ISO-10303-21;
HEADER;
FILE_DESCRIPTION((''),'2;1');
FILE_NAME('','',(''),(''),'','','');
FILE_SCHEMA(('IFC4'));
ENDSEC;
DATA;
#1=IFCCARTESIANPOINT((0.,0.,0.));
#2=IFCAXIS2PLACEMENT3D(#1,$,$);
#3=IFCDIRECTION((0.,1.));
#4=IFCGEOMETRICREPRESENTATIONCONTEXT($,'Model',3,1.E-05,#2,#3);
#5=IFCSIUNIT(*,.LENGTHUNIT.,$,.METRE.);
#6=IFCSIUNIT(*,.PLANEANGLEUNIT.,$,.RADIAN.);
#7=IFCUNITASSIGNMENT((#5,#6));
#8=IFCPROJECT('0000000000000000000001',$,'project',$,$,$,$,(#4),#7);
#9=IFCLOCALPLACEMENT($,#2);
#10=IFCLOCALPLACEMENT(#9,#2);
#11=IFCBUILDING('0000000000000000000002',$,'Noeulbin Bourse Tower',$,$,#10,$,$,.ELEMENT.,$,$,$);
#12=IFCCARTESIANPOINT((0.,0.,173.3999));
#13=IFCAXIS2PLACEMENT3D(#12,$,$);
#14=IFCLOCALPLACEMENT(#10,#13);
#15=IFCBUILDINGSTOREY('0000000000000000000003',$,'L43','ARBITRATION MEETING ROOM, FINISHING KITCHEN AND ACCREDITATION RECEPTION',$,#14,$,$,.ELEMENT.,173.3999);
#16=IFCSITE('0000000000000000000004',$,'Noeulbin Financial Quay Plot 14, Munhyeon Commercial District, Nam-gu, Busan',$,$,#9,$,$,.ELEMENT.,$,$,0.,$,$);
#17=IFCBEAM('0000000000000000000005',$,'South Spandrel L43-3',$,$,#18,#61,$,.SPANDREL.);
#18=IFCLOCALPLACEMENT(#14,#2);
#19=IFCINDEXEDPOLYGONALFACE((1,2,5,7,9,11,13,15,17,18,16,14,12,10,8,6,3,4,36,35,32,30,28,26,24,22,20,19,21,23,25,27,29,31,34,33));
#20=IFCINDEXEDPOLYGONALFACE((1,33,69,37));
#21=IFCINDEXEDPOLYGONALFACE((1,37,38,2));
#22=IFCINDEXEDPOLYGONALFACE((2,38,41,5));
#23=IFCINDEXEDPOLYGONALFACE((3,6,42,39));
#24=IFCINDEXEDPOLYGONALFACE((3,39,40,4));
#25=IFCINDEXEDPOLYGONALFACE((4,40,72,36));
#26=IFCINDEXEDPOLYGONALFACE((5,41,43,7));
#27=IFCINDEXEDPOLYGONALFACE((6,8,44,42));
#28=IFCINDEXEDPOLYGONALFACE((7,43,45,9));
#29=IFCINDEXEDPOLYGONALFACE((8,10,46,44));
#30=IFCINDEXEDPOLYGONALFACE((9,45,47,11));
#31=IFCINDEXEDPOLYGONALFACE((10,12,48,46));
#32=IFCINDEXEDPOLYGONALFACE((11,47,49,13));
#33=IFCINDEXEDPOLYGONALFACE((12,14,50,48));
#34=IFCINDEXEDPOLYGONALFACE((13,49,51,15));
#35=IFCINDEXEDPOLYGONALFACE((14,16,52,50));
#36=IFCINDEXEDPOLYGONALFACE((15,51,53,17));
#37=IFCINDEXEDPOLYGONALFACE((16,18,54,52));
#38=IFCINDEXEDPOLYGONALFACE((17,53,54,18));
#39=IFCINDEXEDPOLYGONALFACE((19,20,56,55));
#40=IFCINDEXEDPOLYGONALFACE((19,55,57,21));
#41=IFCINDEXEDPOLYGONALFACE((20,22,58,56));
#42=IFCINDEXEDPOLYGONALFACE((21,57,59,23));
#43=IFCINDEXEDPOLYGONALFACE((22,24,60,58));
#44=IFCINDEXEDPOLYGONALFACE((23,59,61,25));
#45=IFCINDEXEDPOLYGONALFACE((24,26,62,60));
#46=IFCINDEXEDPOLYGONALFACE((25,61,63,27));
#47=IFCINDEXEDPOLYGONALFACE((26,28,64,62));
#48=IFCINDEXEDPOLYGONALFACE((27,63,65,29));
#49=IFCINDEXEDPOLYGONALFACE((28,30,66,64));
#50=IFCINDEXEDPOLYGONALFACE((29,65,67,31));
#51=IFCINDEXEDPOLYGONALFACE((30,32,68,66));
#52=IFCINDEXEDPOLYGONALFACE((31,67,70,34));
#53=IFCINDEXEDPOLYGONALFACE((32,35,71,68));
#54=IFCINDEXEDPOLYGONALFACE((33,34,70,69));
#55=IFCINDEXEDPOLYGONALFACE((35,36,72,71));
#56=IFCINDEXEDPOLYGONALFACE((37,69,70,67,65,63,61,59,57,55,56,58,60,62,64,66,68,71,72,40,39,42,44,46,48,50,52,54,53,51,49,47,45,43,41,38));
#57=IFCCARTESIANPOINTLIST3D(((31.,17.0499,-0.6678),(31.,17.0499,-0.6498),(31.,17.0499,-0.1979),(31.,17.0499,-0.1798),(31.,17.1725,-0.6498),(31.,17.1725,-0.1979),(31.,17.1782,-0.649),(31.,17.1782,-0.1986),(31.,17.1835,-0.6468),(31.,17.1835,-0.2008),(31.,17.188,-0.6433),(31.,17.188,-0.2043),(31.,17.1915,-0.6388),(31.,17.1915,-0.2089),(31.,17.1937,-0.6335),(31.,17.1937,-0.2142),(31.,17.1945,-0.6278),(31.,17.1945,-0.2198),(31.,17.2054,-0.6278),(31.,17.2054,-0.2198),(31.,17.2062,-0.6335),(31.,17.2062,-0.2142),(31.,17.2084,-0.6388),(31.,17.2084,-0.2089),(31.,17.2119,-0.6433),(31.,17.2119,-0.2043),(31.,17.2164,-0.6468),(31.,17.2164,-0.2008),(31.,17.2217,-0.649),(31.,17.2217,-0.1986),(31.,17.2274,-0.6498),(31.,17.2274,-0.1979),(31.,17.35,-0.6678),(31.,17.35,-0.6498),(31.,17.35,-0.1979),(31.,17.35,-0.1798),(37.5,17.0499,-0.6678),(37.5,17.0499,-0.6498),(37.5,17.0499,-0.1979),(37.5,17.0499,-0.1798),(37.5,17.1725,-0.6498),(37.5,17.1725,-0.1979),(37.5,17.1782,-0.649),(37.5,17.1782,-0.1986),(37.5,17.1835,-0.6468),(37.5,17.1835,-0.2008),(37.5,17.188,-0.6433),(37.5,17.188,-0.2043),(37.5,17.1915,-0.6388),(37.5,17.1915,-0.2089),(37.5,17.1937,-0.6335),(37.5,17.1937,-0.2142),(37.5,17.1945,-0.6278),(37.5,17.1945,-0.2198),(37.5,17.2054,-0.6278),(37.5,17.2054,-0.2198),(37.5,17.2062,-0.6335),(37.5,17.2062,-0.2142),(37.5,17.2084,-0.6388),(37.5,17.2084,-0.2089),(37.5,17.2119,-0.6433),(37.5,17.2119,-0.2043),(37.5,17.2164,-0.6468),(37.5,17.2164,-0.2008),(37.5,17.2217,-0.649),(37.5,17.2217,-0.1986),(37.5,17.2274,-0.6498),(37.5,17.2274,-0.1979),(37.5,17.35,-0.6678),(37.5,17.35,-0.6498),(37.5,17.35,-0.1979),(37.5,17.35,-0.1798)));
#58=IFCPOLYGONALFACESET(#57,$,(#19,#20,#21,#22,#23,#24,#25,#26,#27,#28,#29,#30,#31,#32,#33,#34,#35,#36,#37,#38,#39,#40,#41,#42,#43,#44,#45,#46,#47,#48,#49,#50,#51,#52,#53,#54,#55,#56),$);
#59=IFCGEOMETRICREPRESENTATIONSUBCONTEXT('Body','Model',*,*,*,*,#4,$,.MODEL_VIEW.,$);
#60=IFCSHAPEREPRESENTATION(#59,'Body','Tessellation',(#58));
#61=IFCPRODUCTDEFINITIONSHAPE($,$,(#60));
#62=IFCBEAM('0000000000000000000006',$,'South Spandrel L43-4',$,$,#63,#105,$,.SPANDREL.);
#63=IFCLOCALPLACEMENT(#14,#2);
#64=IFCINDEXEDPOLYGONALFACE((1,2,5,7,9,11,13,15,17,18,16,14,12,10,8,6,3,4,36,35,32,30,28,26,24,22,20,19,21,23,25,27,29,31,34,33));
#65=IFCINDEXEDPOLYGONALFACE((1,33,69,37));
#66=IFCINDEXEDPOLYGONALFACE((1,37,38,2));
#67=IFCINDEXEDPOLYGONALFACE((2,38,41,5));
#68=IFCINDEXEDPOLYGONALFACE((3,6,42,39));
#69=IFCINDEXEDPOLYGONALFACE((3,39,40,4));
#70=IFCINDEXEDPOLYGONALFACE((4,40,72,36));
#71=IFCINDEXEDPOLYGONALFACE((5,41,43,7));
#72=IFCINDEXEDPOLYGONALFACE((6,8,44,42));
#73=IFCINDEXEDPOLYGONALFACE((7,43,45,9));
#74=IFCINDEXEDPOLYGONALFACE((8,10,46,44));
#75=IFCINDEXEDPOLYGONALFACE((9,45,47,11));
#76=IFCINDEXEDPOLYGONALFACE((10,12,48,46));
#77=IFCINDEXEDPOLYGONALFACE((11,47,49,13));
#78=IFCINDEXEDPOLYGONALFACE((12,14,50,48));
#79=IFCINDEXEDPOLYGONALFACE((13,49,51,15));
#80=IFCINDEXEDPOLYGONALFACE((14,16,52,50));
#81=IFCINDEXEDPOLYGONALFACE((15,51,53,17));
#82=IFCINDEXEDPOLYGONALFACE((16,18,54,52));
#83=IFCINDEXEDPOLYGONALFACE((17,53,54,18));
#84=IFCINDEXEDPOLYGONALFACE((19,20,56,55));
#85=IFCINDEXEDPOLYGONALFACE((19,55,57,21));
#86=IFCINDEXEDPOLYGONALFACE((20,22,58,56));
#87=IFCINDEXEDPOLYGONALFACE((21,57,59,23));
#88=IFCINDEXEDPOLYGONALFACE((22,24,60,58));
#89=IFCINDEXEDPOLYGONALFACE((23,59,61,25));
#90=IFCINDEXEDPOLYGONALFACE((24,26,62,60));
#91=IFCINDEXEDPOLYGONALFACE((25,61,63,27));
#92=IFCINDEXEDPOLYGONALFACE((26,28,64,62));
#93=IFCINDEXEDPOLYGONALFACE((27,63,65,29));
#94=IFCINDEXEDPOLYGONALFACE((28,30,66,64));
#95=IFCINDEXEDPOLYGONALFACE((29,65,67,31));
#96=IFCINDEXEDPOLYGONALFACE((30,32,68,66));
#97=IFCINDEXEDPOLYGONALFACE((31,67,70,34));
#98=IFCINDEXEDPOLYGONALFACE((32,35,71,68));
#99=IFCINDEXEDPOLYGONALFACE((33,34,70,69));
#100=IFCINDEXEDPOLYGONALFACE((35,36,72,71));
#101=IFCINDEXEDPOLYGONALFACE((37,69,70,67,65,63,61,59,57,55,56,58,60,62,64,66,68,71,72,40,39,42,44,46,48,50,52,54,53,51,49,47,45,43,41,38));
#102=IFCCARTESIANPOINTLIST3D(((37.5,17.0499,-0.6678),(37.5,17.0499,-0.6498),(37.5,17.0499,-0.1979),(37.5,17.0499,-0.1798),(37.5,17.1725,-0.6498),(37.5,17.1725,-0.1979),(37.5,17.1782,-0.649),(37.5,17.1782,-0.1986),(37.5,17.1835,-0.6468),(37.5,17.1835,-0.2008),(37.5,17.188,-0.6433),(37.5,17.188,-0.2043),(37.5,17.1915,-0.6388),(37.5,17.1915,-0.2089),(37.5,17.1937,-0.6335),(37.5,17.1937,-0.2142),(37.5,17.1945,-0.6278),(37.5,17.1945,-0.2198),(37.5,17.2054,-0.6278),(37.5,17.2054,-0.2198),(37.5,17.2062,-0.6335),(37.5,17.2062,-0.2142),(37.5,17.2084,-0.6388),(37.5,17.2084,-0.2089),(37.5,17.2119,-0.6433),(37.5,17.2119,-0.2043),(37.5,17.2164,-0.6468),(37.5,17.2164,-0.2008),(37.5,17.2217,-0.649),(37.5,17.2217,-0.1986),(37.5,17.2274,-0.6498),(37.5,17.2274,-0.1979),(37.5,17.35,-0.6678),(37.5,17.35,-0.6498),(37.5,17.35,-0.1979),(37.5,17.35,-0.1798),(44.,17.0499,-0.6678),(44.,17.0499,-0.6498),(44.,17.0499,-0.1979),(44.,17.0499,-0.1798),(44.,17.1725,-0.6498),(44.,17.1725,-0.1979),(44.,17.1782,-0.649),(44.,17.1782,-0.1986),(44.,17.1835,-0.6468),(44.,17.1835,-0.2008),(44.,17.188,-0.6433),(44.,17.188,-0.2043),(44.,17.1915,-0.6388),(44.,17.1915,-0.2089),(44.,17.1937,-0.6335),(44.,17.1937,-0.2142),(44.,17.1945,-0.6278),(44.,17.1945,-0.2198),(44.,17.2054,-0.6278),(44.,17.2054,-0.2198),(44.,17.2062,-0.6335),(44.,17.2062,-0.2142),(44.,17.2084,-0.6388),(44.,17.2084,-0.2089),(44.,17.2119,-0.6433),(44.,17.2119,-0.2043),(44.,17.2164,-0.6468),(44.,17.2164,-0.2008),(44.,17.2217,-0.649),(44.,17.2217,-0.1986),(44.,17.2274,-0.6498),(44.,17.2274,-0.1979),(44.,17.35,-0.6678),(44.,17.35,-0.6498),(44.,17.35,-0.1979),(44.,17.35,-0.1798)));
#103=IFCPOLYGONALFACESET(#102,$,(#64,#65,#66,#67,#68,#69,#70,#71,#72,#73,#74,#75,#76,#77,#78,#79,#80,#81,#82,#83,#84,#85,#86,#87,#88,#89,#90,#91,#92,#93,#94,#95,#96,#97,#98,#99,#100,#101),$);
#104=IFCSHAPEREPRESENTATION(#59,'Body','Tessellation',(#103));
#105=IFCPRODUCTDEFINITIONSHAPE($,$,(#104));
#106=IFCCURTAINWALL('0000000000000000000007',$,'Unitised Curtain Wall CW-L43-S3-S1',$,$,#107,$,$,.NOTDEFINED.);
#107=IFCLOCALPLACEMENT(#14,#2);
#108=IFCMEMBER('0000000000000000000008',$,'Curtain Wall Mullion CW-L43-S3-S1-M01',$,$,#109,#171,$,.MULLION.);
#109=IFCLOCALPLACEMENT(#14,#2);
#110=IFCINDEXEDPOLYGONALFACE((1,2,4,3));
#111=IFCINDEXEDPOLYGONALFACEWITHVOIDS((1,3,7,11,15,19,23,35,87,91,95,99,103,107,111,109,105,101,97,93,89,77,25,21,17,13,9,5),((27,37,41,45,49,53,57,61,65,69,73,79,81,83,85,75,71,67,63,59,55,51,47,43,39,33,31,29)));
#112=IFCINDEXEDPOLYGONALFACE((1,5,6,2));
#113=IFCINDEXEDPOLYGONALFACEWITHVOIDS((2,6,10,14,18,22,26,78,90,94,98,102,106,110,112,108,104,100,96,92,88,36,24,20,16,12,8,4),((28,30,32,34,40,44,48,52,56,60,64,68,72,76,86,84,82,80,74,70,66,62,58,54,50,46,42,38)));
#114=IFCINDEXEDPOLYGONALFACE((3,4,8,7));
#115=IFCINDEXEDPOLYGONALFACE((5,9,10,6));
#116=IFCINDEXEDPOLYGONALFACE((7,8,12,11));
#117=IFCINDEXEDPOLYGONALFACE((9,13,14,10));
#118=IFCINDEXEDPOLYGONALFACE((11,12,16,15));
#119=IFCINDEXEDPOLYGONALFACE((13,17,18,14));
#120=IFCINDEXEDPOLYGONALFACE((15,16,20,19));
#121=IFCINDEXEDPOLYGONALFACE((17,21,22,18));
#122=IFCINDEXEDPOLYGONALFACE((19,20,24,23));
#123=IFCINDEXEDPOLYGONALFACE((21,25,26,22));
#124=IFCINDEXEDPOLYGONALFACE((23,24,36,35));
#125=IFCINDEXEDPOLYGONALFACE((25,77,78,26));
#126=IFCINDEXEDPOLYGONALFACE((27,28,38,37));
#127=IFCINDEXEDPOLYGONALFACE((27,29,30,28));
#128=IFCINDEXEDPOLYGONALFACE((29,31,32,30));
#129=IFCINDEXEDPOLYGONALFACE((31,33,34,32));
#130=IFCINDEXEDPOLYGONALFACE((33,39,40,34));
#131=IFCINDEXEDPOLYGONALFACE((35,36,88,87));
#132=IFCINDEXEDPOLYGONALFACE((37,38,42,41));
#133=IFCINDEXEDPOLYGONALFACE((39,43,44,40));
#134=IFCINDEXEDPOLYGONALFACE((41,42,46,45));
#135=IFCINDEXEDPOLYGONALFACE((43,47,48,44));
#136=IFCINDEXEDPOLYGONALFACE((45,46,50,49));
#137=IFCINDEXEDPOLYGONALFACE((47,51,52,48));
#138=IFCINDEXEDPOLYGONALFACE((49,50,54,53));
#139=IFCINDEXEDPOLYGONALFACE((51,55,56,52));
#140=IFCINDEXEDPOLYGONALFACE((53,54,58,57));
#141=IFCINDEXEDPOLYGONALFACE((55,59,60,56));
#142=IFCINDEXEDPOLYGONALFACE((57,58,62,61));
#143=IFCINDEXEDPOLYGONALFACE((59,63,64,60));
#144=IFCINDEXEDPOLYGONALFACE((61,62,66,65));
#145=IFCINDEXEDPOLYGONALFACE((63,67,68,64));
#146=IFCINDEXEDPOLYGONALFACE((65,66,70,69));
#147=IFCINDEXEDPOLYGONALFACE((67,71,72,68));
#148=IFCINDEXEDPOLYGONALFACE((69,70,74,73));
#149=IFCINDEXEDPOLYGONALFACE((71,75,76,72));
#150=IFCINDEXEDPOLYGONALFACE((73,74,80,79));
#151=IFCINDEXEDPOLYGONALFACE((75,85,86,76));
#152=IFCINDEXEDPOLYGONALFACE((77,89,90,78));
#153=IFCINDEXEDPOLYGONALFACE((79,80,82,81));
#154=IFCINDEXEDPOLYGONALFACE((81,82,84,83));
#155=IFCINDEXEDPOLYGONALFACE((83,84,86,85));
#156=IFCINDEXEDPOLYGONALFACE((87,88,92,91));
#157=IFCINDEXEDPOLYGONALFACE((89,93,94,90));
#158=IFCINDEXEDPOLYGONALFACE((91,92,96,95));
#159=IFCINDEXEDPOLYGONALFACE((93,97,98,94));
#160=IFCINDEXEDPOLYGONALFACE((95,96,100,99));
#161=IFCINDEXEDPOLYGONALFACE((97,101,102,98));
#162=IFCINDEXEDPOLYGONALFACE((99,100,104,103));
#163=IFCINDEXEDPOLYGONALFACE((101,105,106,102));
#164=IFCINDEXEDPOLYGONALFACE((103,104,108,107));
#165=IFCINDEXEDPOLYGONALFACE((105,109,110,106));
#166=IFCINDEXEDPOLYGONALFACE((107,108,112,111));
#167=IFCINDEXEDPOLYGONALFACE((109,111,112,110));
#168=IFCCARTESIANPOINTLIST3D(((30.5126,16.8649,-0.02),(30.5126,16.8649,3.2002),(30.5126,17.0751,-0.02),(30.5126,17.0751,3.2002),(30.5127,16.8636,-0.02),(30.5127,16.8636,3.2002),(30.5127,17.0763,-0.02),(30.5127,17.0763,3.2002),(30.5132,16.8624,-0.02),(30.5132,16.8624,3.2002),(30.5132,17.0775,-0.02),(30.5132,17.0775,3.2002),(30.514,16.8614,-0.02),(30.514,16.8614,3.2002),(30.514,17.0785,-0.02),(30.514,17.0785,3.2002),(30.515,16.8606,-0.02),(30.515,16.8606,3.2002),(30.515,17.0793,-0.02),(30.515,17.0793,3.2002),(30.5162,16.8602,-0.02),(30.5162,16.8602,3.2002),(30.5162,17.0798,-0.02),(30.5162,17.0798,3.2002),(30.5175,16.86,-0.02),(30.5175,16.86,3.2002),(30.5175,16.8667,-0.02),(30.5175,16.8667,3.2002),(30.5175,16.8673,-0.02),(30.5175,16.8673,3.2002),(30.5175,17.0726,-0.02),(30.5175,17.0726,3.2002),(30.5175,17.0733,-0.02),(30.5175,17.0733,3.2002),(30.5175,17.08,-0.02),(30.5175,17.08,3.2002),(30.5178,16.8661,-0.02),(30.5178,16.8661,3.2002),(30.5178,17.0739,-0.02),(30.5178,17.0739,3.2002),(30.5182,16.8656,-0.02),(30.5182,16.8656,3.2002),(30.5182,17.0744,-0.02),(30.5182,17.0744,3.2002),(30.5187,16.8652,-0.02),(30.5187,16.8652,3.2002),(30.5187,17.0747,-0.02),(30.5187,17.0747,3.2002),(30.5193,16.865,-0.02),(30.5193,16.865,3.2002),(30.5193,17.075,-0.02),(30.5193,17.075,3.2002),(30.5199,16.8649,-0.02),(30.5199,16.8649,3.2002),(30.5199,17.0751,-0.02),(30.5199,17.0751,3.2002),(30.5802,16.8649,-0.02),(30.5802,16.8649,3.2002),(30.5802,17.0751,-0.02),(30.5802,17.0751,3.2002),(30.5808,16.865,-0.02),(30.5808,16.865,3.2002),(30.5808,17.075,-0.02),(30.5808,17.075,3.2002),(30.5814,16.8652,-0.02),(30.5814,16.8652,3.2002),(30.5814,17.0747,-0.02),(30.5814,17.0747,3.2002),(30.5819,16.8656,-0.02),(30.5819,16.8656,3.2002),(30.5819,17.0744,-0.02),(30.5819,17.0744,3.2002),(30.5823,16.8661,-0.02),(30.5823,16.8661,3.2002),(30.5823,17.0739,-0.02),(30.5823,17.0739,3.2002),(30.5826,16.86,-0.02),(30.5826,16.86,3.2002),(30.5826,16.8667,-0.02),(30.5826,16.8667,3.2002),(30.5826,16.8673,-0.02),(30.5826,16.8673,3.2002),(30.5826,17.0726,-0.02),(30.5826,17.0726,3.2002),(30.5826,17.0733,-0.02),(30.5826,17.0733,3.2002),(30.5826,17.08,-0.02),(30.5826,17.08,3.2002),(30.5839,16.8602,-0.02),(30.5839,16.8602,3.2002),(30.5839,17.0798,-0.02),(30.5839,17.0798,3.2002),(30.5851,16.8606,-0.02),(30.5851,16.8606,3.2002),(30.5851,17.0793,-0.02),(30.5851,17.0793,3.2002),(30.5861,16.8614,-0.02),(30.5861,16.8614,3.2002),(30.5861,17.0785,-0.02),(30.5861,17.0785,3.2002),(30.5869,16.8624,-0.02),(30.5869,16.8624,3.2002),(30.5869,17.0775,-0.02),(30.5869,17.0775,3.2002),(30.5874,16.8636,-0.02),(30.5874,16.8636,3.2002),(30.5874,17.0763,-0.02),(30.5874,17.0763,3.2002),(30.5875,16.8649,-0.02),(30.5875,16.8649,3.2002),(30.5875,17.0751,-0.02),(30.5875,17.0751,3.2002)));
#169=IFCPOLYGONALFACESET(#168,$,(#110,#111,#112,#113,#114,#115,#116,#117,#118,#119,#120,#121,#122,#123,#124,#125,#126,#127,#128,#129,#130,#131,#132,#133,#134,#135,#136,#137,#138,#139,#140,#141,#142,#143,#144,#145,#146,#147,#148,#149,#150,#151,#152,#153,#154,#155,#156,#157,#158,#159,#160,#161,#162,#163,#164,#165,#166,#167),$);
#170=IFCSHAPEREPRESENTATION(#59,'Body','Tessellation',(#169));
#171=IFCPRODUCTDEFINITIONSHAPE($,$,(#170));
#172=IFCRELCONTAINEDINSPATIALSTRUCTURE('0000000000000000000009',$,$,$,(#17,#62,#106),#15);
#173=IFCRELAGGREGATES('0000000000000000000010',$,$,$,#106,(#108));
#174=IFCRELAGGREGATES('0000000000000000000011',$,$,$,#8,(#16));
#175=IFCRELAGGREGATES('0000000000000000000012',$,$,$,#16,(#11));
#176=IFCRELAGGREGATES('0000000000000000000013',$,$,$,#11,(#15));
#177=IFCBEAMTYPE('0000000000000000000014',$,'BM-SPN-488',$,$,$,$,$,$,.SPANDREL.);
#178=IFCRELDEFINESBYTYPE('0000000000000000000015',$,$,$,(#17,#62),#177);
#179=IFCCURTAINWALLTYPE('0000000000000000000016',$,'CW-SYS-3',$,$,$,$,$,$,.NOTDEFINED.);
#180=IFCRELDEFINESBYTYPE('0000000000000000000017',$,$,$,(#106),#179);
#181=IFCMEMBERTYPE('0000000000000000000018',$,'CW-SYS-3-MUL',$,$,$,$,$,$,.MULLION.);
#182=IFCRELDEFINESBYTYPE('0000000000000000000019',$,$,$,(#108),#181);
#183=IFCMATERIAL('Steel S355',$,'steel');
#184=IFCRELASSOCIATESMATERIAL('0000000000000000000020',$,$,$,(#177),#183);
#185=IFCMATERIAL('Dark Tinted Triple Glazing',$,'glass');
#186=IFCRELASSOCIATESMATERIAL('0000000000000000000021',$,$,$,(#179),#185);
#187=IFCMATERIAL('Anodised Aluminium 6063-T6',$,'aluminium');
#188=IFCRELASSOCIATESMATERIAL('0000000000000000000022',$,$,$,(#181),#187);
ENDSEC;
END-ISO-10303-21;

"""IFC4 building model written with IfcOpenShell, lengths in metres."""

from ifc_helpers import new_model, si_unit, direction, frame, origin, origin_2d, place, context, subcontext, project, spatial, hollow_rectangle, i_section, extrude, material, material_profile, profile_set, type_object, element, aggregate, save


model = new_model("IFC4")

# Units and contexts
model_context = context("Model", 3, precision=1e-05, world=origin(), true_north=direction((0.0, 1.0)))
body_context = subcontext(model_context, "Body", "Model", "MODEL_VIEW")
ifc_project = project(units=[si_unit("LENGTHUNIT", "METRE"), si_unit("PLANEANGLEUNIT", "RADIAN")], contexts=[model_context])

# Site, building, storey
site_placement = place(None, origin())
site = spatial("IfcSite", under=ifc_project, at=site_placement, Name="Noeulbin Financial Quay Plot 14, Munhyeon Commercial District, Nam-gu, Busan", CompositionType="ELEMENT", RefElevation=0.0)
building_placement = place(site_placement, origin())
building = spatial("IfcBuilding", under=site, at=building_placement, Name="Noeulbin Bourse Tower", CompositionType="ELEMENT")
storey_placement = place(building_placement, frame((0.0, 0.0, 173.3999)))
storey = spatial("IfcBuildingStorey", under=building, at=storey_placement, Name="L43", Description="ARBITRATION MEETING ROOM, FINISHING KITCHEN AND ACCREDITATION RECEPTION", CompositionType="ELEMENT", Elevation=173.3999)

# Shared definitions
ifc_material_1 = material(Name="Steel S355", Category="steel")

# Beams
ifc_material_profile_1 = material_profile(ifc_material_1, i_section(OverallWidth=0.3, OverallDepth=0.488, WebThickness=0.011, FlangeThickness=0.0181, FilletRadius=0.022, at=origin_2d()), Name="H-488x300x11x18", Category="LoadBearing")
ifc_profile_set_1 = profile_set([ifc_material_profile_1], Name="Steel S355")
beam_type_1 = type_object("IfcBeamType", Name="BM-SPN-488", PredefinedType="SPANDREL", material=ifc_profile_set_1)
for number, where, z_axis, x_axis, name in (
    (1, (31.0, 17.2, -0.4238), (1.0, 0.0, 0.0), (0.0, 1.0, 0.0), "South Spandrel L43-3"),
    (2, (37.5, 17.2, -0.4238), (1.0, 0.0, 0.0), (0.0, 1.0, 0.0), "South Spandrel L43-4"),
):
    element("IfcBeam", number, at=place(storey_placement, frame(where, z_axis=z_axis, x_axis=x_axis)), inside=storey, type_object=beam_type_1, Name=name, PredefinedType="SPANDREL", context=body_context, shape_type="SweptSolid", body=[
        extrude(i_section(OverallWidth=0.3, OverallDepth=0.488, WebThickness=0.011, FlangeThickness=0.0181, FilletRadius=0.022, at=origin_2d()), origin(), (0.0, 0.0, 1.0), 6.5),
    ])

# Curtain wall, member
ifc_material_2 = material(Name="Dark Tinted Triple Glazing", Category="glass")
curtain_wall_type = type_object("IfcCurtainWallType", Name="CW-SYS-3", PredefinedType="NOTDEFINED", material=ifc_material_2)
curtain_wall_1_placement = place(storey_placement, origin())
curtain_wall_1 = element("IfcCurtainWall", 3, at=curtain_wall_1_placement, inside=storey, type_object=curtain_wall_type, Name="Unitised Curtain Wall CW-L43-S3-S1", PredefinedType="NOTDEFINED")
ifc_material_3 = material(Name="Anodised Aluminium 6063-T6", Category="aluminium")
ifc_material_profile_2 = material_profile(ifc_material_3, hollow_rectangle(XDim=0.075, YDim=0.22, WallThickness=0.0049, InnerFilletRadius=0.0024, OuterFilletRadius=0.0049, at=origin_2d()), Name="ALU-MULL-75x220x5", Category="LoadBearing")
ifc_profile_set_2 = profile_set([ifc_material_profile_2], Name="Anodised Aluminium 6063-T6")
member_type_1 = type_object("IfcMemberType", Name="CW-SYS-3-MUL", PredefinedType="MULLION", material=ifc_profile_set_2)
member_1_placement = place(storey_placement, frame((30.55, 16.97, -0.02), z_axis=(0.0, 0.0, 1.0), x_axis=(1.0, 0.0, 0.0)))
member_1 = element("IfcMember", 4, at=member_1_placement, type_object=member_type_1, Name="Curtain Wall Mullion CW-L43-S3-S1-M01", PredefinedType="MULLION", context=body_context, shape_type="SweptSolid", body=[
    extrude(hollow_rectangle(XDim=0.075, YDim=0.22, WallThickness=0.0049, InnerFilletRadius=0.0024, OuterFilletRadius=0.0049, at=origin_2d()), origin(), (0.0, 0.0, 1.0), 3.2202),
])

aggregate(curtain_wall_1, [member_1])

save(model, "model.ifc")
